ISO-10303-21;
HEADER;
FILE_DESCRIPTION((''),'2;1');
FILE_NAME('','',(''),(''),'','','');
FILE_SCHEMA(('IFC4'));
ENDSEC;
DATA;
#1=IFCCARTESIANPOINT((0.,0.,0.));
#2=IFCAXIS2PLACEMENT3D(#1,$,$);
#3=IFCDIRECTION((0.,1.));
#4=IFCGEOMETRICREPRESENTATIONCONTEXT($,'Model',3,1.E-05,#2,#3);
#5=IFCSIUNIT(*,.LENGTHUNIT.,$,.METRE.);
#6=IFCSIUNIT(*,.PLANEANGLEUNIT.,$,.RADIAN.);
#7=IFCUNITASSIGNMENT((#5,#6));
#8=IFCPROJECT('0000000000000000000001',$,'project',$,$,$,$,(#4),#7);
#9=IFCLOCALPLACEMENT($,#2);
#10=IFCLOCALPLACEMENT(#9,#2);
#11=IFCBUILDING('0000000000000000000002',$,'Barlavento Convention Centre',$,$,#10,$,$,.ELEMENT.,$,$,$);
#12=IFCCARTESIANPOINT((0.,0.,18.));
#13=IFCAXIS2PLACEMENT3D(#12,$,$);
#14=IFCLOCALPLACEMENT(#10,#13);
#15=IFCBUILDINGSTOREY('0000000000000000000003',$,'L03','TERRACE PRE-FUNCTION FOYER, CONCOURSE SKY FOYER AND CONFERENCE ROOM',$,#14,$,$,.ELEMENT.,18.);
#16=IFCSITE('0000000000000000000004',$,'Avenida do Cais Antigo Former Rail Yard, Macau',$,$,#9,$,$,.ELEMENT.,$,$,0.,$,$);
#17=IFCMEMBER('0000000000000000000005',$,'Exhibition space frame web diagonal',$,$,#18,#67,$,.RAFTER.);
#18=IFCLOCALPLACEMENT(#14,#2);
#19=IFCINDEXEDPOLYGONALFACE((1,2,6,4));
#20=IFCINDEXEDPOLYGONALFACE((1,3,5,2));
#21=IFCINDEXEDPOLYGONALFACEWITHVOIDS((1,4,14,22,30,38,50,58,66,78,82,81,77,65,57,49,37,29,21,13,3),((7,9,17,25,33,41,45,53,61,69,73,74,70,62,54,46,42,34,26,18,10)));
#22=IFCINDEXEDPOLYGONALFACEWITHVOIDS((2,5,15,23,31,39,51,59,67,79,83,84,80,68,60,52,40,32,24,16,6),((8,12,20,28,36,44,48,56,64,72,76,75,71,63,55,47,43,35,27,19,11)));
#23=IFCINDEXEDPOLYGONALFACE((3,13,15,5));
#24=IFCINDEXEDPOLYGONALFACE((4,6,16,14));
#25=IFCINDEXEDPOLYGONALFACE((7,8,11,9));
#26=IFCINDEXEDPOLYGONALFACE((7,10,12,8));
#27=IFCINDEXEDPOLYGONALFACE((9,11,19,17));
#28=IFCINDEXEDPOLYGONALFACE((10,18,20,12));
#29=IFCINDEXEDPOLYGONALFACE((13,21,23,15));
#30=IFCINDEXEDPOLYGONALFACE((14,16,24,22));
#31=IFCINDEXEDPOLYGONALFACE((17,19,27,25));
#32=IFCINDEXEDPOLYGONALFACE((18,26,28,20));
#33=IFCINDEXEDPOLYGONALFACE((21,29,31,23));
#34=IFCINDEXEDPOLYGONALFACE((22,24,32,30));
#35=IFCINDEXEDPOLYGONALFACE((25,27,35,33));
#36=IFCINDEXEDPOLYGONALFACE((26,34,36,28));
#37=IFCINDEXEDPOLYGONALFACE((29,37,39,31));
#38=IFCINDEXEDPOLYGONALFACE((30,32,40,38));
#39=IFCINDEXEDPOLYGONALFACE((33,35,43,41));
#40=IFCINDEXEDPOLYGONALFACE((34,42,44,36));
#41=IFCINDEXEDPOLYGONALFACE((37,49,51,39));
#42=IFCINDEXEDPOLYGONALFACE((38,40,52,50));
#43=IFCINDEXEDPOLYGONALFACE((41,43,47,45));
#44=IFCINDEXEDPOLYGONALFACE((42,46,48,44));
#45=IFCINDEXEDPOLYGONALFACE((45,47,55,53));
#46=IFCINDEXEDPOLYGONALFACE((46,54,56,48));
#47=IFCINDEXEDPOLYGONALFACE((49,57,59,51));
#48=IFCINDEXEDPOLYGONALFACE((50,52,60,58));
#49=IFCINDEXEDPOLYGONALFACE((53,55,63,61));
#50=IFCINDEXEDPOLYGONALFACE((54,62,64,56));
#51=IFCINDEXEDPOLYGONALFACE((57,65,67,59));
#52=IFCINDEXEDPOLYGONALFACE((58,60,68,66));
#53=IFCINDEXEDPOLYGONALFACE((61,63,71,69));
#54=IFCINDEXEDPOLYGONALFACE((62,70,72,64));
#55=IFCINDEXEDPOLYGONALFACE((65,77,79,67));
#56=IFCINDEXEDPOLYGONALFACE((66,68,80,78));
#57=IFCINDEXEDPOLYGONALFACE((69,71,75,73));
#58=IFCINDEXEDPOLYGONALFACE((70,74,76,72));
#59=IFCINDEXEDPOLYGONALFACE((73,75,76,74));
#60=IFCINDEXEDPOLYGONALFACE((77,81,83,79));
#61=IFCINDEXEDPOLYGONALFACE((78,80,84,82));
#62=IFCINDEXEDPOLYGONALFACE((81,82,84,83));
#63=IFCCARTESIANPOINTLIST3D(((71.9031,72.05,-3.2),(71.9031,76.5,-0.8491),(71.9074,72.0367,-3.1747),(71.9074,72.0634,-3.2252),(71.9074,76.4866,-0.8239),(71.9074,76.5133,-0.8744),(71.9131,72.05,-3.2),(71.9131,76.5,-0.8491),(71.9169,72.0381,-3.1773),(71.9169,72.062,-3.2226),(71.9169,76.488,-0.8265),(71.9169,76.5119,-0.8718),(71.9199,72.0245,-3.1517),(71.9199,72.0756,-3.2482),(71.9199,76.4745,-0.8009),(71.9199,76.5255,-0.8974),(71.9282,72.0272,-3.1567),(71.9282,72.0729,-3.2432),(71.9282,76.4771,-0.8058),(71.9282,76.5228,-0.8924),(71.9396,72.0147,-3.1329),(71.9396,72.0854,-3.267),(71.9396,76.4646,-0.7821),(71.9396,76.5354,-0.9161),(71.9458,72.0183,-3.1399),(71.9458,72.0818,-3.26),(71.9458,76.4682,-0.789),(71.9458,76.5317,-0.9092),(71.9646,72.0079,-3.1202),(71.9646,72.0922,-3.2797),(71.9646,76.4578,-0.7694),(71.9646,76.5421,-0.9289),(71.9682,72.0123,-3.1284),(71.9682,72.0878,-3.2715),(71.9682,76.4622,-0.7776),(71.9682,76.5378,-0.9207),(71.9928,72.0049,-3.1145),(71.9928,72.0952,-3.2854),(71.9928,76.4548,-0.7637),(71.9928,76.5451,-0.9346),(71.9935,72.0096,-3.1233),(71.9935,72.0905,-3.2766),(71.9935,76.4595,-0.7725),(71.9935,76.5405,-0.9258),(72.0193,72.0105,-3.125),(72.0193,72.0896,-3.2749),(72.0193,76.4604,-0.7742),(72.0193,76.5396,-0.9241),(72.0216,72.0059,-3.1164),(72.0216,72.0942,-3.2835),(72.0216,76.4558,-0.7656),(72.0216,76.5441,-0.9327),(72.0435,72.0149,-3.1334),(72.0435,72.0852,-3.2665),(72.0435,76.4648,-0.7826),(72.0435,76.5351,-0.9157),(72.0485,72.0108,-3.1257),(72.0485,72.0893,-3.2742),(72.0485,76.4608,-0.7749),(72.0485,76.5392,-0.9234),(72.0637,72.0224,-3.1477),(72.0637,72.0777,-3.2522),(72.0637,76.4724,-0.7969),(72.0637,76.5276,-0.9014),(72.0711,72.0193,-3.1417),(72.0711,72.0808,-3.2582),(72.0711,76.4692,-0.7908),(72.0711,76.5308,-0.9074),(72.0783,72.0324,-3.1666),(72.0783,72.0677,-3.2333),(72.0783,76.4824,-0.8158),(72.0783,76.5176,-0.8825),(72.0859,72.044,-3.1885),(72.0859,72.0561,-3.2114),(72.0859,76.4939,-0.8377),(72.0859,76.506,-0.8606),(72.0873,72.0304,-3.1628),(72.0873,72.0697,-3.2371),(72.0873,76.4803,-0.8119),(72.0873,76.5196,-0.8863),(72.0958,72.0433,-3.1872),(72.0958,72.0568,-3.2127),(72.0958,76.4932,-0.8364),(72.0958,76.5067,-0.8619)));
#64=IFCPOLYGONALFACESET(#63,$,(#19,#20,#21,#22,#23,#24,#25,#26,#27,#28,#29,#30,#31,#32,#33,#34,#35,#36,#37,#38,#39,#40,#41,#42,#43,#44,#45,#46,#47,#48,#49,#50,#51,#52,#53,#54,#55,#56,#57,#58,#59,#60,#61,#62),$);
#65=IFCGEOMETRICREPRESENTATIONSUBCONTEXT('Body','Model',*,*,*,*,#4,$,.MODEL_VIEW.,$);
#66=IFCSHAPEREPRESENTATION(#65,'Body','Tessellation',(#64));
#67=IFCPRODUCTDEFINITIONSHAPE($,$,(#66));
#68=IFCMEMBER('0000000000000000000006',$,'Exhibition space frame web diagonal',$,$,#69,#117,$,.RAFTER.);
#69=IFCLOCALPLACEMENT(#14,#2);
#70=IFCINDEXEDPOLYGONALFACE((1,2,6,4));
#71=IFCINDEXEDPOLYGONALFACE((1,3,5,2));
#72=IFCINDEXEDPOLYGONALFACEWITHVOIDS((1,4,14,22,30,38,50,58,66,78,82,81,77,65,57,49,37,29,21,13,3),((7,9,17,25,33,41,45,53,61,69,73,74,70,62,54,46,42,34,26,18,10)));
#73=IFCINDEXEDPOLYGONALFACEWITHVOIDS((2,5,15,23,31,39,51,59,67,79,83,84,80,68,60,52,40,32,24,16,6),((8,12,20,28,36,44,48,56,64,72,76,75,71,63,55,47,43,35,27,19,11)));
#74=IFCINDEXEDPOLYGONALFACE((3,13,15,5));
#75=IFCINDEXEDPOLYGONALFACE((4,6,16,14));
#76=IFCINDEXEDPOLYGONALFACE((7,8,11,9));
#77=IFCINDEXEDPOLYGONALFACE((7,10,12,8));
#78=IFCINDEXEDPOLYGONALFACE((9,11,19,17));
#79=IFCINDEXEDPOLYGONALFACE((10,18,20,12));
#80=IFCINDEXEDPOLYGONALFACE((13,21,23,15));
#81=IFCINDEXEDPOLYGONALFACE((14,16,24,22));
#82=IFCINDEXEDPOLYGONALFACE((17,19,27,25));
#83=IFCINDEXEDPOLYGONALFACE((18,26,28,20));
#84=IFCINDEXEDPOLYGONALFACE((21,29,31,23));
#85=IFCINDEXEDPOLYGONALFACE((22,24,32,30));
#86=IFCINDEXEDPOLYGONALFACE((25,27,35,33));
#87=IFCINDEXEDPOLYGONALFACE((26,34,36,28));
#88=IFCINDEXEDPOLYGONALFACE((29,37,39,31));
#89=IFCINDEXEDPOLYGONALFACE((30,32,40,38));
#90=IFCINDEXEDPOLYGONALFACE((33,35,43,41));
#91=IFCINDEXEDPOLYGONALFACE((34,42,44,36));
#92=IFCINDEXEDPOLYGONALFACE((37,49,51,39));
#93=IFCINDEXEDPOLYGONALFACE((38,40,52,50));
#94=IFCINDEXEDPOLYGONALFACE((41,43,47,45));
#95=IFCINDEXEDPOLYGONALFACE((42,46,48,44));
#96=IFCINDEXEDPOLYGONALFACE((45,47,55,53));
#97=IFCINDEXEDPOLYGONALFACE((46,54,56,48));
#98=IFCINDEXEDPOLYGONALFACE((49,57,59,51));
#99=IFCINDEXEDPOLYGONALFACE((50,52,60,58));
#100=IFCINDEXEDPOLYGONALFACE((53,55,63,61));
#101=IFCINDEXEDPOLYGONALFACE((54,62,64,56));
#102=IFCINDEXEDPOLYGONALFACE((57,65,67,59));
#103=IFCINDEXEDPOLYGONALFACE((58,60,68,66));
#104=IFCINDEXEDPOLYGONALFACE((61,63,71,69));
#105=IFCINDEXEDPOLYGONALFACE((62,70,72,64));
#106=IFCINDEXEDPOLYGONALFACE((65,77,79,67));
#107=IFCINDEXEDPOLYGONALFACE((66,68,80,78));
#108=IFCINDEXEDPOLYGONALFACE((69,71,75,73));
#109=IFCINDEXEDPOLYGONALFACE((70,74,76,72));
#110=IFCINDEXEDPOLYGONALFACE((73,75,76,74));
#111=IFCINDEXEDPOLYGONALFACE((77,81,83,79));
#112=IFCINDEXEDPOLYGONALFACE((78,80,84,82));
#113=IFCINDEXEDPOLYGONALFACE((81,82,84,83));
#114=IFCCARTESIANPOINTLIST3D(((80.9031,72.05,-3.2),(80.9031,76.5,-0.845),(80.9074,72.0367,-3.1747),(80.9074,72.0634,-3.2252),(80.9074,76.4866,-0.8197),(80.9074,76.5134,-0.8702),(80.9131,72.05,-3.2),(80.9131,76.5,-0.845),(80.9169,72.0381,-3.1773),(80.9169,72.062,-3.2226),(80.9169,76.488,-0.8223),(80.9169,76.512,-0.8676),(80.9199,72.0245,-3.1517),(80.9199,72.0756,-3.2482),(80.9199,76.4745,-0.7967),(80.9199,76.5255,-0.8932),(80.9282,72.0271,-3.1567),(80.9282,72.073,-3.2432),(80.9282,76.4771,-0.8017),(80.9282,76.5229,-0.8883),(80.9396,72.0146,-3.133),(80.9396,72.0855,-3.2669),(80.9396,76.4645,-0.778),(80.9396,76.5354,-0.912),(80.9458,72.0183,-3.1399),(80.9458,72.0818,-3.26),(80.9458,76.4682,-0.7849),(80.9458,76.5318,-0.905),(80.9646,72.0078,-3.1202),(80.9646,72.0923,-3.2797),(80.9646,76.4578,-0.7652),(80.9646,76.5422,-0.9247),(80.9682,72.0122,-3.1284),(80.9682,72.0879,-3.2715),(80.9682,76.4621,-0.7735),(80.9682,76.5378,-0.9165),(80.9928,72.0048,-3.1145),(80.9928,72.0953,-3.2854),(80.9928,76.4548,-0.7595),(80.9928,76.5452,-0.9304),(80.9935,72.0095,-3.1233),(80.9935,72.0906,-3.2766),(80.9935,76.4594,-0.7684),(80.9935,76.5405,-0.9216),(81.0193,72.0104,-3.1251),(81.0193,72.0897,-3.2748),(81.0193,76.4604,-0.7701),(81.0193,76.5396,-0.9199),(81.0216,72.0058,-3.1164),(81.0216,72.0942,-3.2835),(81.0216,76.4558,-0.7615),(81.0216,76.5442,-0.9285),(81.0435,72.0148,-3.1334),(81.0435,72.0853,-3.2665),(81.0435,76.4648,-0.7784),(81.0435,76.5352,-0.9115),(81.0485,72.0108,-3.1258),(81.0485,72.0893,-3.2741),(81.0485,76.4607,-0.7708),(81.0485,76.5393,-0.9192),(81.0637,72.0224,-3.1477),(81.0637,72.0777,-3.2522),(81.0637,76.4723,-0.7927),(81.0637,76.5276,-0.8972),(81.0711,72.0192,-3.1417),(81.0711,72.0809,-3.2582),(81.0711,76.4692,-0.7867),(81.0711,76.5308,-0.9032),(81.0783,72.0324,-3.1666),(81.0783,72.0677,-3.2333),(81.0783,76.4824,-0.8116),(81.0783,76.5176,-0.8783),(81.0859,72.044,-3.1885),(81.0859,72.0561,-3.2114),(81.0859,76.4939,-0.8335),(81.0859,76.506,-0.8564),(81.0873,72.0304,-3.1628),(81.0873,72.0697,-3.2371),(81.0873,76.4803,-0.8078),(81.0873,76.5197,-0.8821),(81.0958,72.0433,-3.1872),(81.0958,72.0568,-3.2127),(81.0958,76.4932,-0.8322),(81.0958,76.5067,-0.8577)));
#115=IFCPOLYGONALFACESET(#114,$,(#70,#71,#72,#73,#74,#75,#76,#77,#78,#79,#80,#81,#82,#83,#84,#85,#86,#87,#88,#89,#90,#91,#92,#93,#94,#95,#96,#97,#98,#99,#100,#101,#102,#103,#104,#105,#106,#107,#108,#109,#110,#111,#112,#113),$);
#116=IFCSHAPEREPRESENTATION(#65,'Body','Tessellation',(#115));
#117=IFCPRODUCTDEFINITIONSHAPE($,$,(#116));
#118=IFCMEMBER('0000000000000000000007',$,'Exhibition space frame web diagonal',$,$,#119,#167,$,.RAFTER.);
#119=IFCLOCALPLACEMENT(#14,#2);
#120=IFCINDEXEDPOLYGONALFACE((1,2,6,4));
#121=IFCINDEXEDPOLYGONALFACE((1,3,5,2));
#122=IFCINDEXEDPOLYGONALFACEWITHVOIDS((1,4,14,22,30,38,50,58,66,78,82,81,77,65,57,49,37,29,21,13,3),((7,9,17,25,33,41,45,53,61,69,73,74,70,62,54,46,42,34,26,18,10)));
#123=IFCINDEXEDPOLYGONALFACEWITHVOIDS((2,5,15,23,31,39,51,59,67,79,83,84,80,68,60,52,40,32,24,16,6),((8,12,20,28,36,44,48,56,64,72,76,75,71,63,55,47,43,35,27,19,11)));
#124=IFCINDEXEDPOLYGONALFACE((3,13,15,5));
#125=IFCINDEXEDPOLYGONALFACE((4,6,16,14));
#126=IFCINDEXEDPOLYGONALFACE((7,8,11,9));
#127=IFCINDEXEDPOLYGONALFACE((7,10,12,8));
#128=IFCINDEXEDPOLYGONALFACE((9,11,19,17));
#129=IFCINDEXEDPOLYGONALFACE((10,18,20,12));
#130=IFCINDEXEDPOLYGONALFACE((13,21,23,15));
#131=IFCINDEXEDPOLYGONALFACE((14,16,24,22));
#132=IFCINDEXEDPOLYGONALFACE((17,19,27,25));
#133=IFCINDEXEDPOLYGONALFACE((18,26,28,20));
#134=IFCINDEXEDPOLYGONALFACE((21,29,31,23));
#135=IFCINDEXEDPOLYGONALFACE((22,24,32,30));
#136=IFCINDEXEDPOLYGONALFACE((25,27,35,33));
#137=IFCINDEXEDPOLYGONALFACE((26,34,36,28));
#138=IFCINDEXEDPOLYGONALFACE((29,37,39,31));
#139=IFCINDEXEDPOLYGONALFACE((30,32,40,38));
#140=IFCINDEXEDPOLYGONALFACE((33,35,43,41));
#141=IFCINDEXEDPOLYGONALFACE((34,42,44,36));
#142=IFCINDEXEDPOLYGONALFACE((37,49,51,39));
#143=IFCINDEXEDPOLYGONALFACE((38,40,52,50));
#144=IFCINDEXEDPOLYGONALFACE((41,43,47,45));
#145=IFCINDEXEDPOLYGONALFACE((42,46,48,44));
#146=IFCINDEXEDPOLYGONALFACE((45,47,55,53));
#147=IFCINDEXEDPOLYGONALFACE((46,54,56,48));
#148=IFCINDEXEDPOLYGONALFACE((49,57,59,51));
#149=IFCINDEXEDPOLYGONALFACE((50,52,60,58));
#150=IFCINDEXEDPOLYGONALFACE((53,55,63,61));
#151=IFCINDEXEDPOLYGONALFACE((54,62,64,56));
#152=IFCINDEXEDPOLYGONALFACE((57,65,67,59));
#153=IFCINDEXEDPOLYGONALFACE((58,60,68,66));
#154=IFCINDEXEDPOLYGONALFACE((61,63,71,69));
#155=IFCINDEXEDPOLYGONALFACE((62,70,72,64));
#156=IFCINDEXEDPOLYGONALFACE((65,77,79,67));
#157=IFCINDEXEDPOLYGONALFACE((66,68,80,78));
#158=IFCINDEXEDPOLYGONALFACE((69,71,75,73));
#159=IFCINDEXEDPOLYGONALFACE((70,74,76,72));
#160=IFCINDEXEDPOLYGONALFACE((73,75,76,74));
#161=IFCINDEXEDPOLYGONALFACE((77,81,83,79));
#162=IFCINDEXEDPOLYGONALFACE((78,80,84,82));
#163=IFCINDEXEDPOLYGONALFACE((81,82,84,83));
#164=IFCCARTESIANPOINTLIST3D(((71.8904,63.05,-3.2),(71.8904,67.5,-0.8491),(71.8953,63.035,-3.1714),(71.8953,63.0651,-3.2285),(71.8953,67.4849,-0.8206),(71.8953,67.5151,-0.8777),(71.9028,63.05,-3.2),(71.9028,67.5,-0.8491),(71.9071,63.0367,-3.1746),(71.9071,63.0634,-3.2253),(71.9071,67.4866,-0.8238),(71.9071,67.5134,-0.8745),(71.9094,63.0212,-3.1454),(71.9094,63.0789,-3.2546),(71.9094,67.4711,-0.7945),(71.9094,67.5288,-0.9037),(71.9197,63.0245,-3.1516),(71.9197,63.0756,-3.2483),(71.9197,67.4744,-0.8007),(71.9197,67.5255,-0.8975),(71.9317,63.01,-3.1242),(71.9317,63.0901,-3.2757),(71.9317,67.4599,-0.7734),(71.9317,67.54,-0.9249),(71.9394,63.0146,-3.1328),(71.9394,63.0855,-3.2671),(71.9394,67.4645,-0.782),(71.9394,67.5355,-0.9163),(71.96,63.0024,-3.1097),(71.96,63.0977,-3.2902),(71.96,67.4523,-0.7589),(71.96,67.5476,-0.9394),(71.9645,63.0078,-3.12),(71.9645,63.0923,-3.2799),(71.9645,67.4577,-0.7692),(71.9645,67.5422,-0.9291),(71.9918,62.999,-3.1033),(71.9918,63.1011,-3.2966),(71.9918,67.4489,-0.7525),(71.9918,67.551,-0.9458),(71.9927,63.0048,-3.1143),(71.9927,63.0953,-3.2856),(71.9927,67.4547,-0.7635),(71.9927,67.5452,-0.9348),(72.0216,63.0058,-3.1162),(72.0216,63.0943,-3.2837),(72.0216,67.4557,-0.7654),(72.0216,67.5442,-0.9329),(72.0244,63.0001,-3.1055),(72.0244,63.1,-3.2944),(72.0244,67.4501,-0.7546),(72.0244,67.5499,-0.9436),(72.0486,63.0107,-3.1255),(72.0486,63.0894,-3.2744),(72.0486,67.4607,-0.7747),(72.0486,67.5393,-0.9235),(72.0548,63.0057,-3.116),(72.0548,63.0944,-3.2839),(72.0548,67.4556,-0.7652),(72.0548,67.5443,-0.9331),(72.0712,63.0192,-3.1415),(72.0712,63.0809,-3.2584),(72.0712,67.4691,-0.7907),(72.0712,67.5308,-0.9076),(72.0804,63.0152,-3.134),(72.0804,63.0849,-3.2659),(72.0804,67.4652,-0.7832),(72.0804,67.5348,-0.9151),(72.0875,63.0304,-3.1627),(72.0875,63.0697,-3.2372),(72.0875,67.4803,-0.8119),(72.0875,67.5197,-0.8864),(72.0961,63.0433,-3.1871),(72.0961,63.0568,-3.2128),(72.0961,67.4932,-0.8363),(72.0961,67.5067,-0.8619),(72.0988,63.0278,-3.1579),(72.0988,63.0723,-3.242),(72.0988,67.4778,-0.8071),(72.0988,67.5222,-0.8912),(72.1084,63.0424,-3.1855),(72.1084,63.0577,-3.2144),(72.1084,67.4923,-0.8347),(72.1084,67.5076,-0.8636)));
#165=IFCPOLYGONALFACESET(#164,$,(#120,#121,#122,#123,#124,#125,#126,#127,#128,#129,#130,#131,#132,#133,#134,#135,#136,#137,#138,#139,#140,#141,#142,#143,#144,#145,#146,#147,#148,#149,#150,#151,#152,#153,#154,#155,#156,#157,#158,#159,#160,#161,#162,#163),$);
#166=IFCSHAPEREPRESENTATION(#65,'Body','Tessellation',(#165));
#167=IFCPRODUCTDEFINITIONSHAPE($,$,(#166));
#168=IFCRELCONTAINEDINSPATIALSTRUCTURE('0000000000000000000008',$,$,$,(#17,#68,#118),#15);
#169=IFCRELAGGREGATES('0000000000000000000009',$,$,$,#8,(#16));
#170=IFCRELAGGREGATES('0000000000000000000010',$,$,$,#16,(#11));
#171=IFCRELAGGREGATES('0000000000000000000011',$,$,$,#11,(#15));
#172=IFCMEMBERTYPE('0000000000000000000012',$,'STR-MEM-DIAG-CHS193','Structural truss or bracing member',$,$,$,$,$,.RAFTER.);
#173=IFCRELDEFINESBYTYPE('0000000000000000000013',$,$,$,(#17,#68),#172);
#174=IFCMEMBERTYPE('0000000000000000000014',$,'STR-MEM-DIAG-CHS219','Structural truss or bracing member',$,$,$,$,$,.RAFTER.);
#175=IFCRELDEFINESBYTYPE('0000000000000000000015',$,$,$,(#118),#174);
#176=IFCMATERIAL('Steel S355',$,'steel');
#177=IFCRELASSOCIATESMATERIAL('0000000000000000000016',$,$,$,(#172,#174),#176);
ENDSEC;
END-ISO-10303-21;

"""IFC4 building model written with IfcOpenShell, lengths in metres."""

from ifc_helpers import new_model, si_unit, direction, frame, origin, origin_2d, place, context, subcontext, project, spatial, hollow_circle, extrude, material, material_profile, profile_set, type_object, element, save


model = new_model("IFC4")

# Units and contexts
model_context = context("Model", 3, precision=1e-05, world=origin(), true_north=direction((0.0, 1.0)))
body_context = subcontext(model_context, "Body", "Model", "MODEL_VIEW")
ifc_project = project(units=[si_unit("LENGTHUNIT", "METRE"), si_unit("PLANEANGLEUNIT", "RADIAN")], contexts=[model_context])

# Site, building, storey
site_placement = place(None, origin())
site = spatial("IfcSite", under=ifc_project, at=site_placement, Name="Avenida do Cais Antigo Former Rail Yard, Macau", CompositionType="ELEMENT", RefElevation=0.0)
building_placement = place(site_placement, origin())
building = spatial("IfcBuilding", under=site, at=building_placement, Name="Barlavento Convention Centre", CompositionType="ELEMENT")
storey_placement = place(building_placement, frame((0.0, 0.0, 18.0)))
storey = spatial("IfcBuildingStorey", under=building, at=storey_placement, Name="L03", Description="TERRACE PRE-FUNCTION FOYER, CONCOURSE SKY FOYER AND CONFERENCE ROOM", CompositionType="ELEMENT", Elevation=18.0)

# Shared definitions
ifc_material_1 = material(Name="Steel S355", Category="steel")

# Members
ifc_material_profile_1 = material_profile(ifc_material_1, hollow_circle(Radius=0.0969, WallThickness=0.01, at=origin_2d()), Name="CHS 193.7x10.0")
ifc_profile_set_1 = profile_set([ifc_material_profile_1], Name="Steel S355")
member_type_1 = type_object("IfcMemberType", Name="STR-MEM-DIAG-CHS193", Description="Structural truss or bracing member", PredefinedType="RAFTER", material=ifc_profile_set_1)
member_1_placement = place(storey_placement, frame((72.0, 72.05, -3.2), z_axis=(0.0, 0.884201, 0.467107), x_axis=(-1.0, 0.0, 0.0)))
element("IfcMember", 1, at=member_1_placement, inside=storey, type_object=member_type_1, Name="Exhibition space frame web diagonal", PredefinedType="RAFTER", context=body_context, shape_type="SweptSolid", body=[
    extrude(hollow_circle(Radius=0.0969, WallThickness=0.01, at=origin_2d()), origin(), (0.0, 0.0, 1.0), 5.0327),
])
member_2_placement = place(storey_placement, frame((81.0, 72.05, -3.2), z_axis=(0.0, 0.88386, 0.467752), x_axis=(-1.0, 0.0, 0.0)))
element("IfcMember", 2, at=member_2_placement, inside=storey, type_object=member_type_1, Name="Exhibition space frame web diagonal", PredefinedType="RAFTER", context=body_context, shape_type="SweptSolid", body=[
    extrude(hollow_circle(Radius=0.0969, WallThickness=0.01, at=origin_2d()), origin(), (0.0, 0.0, 1.0), 5.0347),
])
ifc_material_profile_2 = material_profile(ifc_material_1, hollow_circle(Radius=0.1096, WallThickness=0.0125, at=origin_2d()), Name="CHS 219.1x12.5")
ifc_profile_set_2 = profile_set([ifc_material_profile_2], Name="Steel S355")
member_type_2 = type_object("IfcMemberType", Name="STR-MEM-DIAG-CHS219", Description="Structural truss or bracing member", PredefinedType="RAFTER", material=ifc_profile_set_2)
member_3_placement = place(storey_placement, frame((72.0, 63.05, -3.2), z_axis=(0.0, 0.884201, 0.467107), x_axis=(-1.0, 0.0, 0.0)))
element("IfcMember", 3, at=member_3_placement, inside=storey, type_object=member_type_2, Name="Exhibition space frame web diagonal", PredefinedType="RAFTER", context=body_context, shape_type="SweptSolid", body=[
    extrude(hollow_circle(Radius=0.1096, WallThickness=0.0125, at=origin_2d()), origin(), (0.0, 0.0, 1.0), 5.0327),
])

save(model, "model.ifc")
